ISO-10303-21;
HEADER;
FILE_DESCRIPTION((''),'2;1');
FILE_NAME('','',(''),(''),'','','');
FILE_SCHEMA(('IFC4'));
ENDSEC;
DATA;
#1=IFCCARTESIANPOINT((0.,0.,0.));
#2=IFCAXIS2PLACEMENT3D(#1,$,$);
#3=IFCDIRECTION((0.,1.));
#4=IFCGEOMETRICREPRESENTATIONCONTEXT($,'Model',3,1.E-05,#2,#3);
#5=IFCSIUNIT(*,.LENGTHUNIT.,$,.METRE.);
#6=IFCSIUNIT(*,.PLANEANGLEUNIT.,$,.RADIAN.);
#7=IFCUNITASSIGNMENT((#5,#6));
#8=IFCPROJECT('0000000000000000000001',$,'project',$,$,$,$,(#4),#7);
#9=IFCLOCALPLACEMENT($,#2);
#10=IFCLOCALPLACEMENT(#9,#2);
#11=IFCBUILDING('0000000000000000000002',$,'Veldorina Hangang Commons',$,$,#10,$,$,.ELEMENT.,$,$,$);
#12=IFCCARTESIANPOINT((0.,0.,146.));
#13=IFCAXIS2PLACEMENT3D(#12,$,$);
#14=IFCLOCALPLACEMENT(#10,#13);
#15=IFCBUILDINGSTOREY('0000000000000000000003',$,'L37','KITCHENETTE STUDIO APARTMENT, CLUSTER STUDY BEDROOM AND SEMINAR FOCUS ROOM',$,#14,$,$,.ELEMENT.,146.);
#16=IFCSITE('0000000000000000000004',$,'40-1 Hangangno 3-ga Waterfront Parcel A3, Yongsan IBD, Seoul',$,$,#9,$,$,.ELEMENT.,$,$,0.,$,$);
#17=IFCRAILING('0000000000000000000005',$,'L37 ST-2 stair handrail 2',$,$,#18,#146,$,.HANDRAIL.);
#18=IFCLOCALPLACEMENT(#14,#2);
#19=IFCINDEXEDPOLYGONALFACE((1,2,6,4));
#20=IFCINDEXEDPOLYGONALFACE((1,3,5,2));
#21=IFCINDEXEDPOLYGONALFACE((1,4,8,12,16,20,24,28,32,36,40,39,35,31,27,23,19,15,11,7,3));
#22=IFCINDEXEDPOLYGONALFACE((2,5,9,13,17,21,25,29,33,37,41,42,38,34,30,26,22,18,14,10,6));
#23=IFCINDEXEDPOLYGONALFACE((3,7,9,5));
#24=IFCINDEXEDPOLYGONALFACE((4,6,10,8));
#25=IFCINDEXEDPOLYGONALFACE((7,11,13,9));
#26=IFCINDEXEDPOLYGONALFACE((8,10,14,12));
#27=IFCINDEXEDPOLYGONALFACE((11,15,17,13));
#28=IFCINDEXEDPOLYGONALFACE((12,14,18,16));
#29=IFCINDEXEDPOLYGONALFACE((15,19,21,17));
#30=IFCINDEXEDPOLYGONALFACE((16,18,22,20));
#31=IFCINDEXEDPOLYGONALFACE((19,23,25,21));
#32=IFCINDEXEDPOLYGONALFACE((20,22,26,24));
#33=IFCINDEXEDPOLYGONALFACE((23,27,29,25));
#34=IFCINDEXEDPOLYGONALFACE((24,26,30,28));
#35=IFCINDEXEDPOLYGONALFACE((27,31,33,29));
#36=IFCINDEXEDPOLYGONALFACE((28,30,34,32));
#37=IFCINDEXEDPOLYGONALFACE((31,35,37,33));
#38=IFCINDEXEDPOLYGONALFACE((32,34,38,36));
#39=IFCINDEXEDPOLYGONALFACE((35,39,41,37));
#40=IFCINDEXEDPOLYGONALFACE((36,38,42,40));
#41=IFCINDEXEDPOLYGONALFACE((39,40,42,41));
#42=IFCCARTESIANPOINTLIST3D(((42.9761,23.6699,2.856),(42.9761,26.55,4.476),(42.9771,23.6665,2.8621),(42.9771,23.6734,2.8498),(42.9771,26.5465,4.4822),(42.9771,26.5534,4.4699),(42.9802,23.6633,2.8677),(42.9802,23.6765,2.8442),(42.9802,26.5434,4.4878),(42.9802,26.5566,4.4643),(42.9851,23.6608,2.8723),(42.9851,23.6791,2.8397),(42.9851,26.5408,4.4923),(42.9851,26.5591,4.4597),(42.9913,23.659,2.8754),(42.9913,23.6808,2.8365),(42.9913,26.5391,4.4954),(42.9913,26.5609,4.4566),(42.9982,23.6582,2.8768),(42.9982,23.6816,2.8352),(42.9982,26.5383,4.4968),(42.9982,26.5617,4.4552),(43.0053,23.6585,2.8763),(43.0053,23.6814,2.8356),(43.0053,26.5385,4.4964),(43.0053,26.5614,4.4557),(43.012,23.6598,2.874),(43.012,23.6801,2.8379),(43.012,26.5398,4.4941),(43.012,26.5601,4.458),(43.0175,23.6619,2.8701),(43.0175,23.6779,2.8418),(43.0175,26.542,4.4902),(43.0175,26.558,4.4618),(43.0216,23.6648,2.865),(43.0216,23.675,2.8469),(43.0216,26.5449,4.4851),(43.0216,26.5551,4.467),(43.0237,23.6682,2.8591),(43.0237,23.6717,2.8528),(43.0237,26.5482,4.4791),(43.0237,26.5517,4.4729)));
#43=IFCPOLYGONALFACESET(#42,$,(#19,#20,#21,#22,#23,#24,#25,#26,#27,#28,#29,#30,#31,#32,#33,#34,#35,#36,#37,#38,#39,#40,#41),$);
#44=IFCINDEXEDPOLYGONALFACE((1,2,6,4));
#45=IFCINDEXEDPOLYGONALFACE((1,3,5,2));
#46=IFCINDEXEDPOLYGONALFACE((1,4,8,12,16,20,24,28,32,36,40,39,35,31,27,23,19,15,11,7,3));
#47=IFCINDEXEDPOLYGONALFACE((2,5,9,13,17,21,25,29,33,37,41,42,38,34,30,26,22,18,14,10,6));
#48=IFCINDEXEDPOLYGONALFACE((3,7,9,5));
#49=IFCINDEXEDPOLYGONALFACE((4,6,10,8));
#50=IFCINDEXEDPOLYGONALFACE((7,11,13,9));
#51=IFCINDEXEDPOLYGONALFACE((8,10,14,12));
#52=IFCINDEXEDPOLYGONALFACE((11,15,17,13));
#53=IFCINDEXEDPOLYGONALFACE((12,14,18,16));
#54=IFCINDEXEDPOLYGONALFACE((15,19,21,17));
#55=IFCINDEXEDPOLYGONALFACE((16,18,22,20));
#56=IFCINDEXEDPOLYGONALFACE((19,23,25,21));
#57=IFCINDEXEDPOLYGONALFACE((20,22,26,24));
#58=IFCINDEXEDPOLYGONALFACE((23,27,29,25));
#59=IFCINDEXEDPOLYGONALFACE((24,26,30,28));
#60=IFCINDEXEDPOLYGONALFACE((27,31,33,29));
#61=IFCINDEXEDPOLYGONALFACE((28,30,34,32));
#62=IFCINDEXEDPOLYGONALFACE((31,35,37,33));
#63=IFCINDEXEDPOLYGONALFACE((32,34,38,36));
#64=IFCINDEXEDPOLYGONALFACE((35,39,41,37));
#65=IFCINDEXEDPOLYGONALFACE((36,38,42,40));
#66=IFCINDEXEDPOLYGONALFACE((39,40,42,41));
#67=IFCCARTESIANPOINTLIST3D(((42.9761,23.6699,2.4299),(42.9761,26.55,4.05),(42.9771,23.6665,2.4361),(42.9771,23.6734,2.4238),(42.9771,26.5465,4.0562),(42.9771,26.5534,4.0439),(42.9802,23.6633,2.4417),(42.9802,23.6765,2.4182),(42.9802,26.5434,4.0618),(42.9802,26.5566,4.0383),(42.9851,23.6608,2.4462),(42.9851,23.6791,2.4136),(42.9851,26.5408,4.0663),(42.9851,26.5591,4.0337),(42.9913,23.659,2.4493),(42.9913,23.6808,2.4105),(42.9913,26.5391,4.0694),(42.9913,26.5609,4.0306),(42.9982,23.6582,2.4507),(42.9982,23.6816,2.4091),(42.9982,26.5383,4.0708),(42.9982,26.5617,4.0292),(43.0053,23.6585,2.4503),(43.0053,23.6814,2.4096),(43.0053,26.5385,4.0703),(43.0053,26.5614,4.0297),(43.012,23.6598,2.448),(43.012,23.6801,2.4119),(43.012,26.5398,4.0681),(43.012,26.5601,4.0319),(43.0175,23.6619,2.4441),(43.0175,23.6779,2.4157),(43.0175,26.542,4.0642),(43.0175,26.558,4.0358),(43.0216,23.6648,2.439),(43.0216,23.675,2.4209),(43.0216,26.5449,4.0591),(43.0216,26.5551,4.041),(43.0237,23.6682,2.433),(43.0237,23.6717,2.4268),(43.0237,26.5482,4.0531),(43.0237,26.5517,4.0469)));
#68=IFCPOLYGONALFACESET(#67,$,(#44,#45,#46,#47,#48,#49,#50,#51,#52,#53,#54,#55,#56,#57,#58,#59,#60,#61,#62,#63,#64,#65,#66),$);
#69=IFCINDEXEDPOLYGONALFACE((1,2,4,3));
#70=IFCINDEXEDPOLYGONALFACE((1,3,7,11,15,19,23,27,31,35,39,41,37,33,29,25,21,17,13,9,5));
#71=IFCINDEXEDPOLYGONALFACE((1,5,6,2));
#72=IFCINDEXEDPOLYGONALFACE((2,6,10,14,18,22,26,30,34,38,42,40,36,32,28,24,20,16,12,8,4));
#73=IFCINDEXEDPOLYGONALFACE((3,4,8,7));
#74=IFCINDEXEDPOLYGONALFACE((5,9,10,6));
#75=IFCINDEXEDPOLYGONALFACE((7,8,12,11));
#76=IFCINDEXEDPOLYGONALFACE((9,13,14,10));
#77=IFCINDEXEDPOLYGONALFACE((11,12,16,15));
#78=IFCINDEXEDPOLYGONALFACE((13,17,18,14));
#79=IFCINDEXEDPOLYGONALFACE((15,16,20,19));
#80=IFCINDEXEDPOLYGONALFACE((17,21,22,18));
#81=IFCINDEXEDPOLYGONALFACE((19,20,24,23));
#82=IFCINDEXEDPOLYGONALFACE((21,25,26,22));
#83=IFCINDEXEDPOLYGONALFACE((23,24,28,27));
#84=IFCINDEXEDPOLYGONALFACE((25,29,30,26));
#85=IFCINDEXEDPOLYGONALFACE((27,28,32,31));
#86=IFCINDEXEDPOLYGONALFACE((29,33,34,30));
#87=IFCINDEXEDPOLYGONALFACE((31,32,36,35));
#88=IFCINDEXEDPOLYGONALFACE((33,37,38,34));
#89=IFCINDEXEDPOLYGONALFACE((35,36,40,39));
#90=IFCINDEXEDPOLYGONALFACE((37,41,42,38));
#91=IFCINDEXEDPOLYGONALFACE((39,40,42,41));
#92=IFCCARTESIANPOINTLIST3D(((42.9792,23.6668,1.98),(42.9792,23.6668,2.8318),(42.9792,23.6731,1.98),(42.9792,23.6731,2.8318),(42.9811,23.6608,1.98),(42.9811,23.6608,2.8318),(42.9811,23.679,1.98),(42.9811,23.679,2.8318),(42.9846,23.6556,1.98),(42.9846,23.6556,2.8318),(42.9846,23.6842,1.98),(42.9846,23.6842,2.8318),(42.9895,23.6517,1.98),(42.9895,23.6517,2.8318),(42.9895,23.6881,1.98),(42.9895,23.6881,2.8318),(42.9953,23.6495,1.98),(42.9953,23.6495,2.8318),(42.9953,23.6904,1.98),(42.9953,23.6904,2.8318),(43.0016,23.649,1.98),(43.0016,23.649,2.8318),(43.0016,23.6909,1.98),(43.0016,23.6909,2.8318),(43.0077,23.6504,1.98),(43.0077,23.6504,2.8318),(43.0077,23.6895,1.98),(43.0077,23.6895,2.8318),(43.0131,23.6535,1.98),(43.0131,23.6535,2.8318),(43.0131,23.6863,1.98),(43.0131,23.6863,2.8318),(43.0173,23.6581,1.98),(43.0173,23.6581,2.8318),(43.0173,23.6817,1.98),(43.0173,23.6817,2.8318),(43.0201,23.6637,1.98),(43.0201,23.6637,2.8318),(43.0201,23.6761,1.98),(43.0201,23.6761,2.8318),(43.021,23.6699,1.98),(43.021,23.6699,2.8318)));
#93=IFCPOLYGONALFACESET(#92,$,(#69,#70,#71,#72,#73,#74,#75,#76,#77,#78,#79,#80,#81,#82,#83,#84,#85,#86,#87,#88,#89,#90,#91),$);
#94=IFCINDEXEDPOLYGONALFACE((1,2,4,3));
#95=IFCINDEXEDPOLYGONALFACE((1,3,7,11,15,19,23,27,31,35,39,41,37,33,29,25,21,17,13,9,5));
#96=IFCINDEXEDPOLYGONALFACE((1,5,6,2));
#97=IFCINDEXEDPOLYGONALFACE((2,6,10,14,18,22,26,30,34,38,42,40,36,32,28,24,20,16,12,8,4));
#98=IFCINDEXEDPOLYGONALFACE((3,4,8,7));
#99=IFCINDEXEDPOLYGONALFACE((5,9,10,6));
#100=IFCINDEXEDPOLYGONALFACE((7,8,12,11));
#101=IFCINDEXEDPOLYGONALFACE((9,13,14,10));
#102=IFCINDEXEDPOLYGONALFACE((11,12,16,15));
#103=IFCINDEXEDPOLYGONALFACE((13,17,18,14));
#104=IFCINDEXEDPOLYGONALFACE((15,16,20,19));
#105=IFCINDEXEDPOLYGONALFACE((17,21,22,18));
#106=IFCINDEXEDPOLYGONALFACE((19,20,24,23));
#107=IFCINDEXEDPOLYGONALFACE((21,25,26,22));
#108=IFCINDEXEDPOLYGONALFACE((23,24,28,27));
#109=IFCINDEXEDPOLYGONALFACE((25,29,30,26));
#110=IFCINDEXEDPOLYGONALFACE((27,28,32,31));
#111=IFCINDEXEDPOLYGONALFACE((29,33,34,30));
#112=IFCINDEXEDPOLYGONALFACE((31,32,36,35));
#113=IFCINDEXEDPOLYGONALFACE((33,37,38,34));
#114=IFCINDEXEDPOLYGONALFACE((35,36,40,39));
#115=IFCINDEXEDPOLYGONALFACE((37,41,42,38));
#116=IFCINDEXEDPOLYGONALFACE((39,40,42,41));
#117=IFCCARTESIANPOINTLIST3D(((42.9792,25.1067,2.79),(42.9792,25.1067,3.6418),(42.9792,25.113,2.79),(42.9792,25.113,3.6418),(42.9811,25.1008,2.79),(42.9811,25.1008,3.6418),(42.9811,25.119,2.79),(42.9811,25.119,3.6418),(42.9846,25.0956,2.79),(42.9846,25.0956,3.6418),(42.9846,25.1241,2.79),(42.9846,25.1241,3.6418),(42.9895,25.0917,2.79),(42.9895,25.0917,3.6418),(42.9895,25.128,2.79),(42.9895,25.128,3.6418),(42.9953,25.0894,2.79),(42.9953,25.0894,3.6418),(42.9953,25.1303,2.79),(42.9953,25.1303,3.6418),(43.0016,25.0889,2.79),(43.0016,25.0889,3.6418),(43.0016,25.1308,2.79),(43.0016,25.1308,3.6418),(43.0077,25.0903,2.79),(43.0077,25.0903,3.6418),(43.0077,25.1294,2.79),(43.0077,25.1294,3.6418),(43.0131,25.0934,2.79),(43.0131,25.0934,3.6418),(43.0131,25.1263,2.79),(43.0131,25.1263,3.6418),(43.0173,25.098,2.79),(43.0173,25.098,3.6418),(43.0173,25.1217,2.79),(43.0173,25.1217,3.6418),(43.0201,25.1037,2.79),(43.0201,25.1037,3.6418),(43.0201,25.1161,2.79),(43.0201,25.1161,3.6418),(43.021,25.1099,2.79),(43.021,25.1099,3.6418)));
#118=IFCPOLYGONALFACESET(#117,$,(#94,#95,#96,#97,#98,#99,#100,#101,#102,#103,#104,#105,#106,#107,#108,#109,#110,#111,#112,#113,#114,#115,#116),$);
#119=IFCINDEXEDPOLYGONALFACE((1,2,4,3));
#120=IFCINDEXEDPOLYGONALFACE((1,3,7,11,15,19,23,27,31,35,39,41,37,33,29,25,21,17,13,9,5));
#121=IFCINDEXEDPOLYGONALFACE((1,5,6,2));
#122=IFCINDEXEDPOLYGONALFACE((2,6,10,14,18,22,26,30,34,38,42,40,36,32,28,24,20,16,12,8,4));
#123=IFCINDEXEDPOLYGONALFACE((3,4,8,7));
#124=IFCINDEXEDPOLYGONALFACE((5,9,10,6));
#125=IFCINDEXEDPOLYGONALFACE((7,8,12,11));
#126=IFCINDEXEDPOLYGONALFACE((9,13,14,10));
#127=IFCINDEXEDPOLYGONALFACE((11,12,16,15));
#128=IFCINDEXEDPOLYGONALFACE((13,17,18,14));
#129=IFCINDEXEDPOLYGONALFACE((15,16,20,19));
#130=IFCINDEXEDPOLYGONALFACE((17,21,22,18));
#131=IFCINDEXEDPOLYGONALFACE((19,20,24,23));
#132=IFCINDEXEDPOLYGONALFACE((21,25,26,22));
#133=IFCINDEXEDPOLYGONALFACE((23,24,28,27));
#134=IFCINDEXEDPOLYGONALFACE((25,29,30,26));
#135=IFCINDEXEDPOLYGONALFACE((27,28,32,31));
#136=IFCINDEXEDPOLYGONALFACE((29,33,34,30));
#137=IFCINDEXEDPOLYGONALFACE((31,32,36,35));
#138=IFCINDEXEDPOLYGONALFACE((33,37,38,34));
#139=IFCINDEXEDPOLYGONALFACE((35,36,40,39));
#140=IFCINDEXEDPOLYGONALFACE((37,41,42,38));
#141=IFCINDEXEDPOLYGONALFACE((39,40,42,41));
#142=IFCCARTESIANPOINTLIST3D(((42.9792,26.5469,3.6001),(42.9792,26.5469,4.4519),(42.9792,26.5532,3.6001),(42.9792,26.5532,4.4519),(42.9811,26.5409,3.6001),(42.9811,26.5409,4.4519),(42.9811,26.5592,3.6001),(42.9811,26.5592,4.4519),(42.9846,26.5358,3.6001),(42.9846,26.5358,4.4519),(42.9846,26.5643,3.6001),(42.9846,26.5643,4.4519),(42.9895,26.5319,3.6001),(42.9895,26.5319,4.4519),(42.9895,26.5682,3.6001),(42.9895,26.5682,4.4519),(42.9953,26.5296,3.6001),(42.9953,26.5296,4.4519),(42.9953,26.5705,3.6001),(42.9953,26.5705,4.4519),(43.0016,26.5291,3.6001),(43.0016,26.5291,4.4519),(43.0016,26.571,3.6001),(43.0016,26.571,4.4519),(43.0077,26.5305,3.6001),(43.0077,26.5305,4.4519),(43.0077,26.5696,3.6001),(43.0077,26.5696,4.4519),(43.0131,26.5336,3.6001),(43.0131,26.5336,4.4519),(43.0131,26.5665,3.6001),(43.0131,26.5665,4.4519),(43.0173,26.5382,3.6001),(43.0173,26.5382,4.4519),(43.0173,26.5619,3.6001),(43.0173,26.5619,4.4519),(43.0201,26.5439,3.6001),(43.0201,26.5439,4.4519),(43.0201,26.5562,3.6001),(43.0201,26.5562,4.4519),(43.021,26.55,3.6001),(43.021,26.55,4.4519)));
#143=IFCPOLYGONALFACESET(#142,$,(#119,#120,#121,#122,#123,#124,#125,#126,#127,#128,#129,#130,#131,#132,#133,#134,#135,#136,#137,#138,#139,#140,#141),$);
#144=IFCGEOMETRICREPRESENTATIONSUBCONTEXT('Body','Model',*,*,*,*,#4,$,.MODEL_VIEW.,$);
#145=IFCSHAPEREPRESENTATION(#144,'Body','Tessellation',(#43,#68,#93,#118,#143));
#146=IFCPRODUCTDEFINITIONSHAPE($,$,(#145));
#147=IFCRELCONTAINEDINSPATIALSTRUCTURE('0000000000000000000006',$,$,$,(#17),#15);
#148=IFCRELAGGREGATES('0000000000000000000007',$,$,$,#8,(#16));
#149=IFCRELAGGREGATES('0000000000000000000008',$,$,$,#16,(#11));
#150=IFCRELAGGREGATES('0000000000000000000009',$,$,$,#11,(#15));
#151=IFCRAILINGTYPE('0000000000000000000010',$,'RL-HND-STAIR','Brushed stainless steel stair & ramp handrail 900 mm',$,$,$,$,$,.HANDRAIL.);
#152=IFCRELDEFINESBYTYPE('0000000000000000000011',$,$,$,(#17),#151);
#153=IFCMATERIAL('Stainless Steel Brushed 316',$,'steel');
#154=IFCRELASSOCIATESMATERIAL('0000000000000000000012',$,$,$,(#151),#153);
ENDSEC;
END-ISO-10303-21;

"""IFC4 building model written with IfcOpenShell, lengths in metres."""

from ifc_helpers import new_model, si_unit, direction, frame, origin, origin_2d, place, context, subcontext, project, spatial, circle, extrude, material, type_object, element, save


model = new_model("IFC4")

# Units and contexts
model_context = context("Model", 3, precision=1e-05, world=origin(), true_north=direction((0.0, 1.0)))
body_context = subcontext(model_context, "Body", "Model", "MODEL_VIEW")
ifc_project = project(units=[si_unit("LENGTHUNIT", "METRE"), si_unit("PLANEANGLEUNIT", "RADIAN")], contexts=[model_context])

# Site, building, storey
site_placement = place(None, origin())
site = spatial("IfcSite", under=ifc_project, at=site_placement, Name="40-1 Hangangno 3-ga Waterfront Parcel A3, Yongsan IBD, Seoul", CompositionType="ELEMENT", RefElevation=0.0)
building_placement = place(site_placement, origin())
building = spatial("IfcBuilding", under=site, at=building_placement, Name="Veldorina Hangang Commons", CompositionType="ELEMENT")
storey_placement = place(building_placement, frame((0.0, 0.0, 146.0)))
storey = spatial("IfcBuildingStorey", under=building, at=storey_placement, Name="L37", Description="KITCHENETTE STUDIO APARTMENT, CLUSTER STUDY BEDROOM AND SEMINAR FOCUS ROOM", CompositionType="ELEMENT", Elevation=146.0)

# Railing
ifc_material_1 = material(Name="Stainless Steel Brushed 316", Category="steel")
railing_type_1 = type_object("IfcRailingType", Name="RL-HND-STAIR", Description="Brushed stainless steel stair & ramp handrail 900 mm", PredefinedType="HANDRAIL", material=ifc_material_1)
railing_1_placement = place(storey_placement, frame((43.0, 23.6699, 1.98)))
element("IfcRailing", 1, at=railing_1_placement, inside=storey, type_object=railing_type_1, Name="L37 ST-2 stair handrail 2", PredefinedType="HANDRAIL", context=body_context, shape_type="SweptSolid", body=[
    extrude(circle(Radius=0.0239, at=origin_2d()), frame((0.0, 0.0, 0.876), z_axis=(0.0, 0.87157, 0.490272), x_axis=(-1.0, 0.0, 0.0)), (0.0, 0.0, 1.0), 3.3044),
    extrude(circle(Radius=0.0239, at=origin_2d()), frame((0.0, 0.0, 0.45), z_axis=(0.0, 0.87157, 0.490272), x_axis=(-1.0, 0.0, 0.0)), (0.0, 0.0, 1.0), 3.3044),
    extrude(circle(Radius=0.021, at=origin_2d()), origin(), (0.0, 0.0, 1.0), 0.8518),
    extrude(circle(Radius=0.021, at=origin_2d()), frame((0.0, 1.4399, 0.8101)), (0.0, 0.0, 1.0), 0.8518),
    extrude(circle(Radius=0.021, at=origin_2d()), frame((0.0, 2.8801, 1.6201)), (0.0, 0.0, 1.0), 0.8518),
])

save(model, "model.ifc")
